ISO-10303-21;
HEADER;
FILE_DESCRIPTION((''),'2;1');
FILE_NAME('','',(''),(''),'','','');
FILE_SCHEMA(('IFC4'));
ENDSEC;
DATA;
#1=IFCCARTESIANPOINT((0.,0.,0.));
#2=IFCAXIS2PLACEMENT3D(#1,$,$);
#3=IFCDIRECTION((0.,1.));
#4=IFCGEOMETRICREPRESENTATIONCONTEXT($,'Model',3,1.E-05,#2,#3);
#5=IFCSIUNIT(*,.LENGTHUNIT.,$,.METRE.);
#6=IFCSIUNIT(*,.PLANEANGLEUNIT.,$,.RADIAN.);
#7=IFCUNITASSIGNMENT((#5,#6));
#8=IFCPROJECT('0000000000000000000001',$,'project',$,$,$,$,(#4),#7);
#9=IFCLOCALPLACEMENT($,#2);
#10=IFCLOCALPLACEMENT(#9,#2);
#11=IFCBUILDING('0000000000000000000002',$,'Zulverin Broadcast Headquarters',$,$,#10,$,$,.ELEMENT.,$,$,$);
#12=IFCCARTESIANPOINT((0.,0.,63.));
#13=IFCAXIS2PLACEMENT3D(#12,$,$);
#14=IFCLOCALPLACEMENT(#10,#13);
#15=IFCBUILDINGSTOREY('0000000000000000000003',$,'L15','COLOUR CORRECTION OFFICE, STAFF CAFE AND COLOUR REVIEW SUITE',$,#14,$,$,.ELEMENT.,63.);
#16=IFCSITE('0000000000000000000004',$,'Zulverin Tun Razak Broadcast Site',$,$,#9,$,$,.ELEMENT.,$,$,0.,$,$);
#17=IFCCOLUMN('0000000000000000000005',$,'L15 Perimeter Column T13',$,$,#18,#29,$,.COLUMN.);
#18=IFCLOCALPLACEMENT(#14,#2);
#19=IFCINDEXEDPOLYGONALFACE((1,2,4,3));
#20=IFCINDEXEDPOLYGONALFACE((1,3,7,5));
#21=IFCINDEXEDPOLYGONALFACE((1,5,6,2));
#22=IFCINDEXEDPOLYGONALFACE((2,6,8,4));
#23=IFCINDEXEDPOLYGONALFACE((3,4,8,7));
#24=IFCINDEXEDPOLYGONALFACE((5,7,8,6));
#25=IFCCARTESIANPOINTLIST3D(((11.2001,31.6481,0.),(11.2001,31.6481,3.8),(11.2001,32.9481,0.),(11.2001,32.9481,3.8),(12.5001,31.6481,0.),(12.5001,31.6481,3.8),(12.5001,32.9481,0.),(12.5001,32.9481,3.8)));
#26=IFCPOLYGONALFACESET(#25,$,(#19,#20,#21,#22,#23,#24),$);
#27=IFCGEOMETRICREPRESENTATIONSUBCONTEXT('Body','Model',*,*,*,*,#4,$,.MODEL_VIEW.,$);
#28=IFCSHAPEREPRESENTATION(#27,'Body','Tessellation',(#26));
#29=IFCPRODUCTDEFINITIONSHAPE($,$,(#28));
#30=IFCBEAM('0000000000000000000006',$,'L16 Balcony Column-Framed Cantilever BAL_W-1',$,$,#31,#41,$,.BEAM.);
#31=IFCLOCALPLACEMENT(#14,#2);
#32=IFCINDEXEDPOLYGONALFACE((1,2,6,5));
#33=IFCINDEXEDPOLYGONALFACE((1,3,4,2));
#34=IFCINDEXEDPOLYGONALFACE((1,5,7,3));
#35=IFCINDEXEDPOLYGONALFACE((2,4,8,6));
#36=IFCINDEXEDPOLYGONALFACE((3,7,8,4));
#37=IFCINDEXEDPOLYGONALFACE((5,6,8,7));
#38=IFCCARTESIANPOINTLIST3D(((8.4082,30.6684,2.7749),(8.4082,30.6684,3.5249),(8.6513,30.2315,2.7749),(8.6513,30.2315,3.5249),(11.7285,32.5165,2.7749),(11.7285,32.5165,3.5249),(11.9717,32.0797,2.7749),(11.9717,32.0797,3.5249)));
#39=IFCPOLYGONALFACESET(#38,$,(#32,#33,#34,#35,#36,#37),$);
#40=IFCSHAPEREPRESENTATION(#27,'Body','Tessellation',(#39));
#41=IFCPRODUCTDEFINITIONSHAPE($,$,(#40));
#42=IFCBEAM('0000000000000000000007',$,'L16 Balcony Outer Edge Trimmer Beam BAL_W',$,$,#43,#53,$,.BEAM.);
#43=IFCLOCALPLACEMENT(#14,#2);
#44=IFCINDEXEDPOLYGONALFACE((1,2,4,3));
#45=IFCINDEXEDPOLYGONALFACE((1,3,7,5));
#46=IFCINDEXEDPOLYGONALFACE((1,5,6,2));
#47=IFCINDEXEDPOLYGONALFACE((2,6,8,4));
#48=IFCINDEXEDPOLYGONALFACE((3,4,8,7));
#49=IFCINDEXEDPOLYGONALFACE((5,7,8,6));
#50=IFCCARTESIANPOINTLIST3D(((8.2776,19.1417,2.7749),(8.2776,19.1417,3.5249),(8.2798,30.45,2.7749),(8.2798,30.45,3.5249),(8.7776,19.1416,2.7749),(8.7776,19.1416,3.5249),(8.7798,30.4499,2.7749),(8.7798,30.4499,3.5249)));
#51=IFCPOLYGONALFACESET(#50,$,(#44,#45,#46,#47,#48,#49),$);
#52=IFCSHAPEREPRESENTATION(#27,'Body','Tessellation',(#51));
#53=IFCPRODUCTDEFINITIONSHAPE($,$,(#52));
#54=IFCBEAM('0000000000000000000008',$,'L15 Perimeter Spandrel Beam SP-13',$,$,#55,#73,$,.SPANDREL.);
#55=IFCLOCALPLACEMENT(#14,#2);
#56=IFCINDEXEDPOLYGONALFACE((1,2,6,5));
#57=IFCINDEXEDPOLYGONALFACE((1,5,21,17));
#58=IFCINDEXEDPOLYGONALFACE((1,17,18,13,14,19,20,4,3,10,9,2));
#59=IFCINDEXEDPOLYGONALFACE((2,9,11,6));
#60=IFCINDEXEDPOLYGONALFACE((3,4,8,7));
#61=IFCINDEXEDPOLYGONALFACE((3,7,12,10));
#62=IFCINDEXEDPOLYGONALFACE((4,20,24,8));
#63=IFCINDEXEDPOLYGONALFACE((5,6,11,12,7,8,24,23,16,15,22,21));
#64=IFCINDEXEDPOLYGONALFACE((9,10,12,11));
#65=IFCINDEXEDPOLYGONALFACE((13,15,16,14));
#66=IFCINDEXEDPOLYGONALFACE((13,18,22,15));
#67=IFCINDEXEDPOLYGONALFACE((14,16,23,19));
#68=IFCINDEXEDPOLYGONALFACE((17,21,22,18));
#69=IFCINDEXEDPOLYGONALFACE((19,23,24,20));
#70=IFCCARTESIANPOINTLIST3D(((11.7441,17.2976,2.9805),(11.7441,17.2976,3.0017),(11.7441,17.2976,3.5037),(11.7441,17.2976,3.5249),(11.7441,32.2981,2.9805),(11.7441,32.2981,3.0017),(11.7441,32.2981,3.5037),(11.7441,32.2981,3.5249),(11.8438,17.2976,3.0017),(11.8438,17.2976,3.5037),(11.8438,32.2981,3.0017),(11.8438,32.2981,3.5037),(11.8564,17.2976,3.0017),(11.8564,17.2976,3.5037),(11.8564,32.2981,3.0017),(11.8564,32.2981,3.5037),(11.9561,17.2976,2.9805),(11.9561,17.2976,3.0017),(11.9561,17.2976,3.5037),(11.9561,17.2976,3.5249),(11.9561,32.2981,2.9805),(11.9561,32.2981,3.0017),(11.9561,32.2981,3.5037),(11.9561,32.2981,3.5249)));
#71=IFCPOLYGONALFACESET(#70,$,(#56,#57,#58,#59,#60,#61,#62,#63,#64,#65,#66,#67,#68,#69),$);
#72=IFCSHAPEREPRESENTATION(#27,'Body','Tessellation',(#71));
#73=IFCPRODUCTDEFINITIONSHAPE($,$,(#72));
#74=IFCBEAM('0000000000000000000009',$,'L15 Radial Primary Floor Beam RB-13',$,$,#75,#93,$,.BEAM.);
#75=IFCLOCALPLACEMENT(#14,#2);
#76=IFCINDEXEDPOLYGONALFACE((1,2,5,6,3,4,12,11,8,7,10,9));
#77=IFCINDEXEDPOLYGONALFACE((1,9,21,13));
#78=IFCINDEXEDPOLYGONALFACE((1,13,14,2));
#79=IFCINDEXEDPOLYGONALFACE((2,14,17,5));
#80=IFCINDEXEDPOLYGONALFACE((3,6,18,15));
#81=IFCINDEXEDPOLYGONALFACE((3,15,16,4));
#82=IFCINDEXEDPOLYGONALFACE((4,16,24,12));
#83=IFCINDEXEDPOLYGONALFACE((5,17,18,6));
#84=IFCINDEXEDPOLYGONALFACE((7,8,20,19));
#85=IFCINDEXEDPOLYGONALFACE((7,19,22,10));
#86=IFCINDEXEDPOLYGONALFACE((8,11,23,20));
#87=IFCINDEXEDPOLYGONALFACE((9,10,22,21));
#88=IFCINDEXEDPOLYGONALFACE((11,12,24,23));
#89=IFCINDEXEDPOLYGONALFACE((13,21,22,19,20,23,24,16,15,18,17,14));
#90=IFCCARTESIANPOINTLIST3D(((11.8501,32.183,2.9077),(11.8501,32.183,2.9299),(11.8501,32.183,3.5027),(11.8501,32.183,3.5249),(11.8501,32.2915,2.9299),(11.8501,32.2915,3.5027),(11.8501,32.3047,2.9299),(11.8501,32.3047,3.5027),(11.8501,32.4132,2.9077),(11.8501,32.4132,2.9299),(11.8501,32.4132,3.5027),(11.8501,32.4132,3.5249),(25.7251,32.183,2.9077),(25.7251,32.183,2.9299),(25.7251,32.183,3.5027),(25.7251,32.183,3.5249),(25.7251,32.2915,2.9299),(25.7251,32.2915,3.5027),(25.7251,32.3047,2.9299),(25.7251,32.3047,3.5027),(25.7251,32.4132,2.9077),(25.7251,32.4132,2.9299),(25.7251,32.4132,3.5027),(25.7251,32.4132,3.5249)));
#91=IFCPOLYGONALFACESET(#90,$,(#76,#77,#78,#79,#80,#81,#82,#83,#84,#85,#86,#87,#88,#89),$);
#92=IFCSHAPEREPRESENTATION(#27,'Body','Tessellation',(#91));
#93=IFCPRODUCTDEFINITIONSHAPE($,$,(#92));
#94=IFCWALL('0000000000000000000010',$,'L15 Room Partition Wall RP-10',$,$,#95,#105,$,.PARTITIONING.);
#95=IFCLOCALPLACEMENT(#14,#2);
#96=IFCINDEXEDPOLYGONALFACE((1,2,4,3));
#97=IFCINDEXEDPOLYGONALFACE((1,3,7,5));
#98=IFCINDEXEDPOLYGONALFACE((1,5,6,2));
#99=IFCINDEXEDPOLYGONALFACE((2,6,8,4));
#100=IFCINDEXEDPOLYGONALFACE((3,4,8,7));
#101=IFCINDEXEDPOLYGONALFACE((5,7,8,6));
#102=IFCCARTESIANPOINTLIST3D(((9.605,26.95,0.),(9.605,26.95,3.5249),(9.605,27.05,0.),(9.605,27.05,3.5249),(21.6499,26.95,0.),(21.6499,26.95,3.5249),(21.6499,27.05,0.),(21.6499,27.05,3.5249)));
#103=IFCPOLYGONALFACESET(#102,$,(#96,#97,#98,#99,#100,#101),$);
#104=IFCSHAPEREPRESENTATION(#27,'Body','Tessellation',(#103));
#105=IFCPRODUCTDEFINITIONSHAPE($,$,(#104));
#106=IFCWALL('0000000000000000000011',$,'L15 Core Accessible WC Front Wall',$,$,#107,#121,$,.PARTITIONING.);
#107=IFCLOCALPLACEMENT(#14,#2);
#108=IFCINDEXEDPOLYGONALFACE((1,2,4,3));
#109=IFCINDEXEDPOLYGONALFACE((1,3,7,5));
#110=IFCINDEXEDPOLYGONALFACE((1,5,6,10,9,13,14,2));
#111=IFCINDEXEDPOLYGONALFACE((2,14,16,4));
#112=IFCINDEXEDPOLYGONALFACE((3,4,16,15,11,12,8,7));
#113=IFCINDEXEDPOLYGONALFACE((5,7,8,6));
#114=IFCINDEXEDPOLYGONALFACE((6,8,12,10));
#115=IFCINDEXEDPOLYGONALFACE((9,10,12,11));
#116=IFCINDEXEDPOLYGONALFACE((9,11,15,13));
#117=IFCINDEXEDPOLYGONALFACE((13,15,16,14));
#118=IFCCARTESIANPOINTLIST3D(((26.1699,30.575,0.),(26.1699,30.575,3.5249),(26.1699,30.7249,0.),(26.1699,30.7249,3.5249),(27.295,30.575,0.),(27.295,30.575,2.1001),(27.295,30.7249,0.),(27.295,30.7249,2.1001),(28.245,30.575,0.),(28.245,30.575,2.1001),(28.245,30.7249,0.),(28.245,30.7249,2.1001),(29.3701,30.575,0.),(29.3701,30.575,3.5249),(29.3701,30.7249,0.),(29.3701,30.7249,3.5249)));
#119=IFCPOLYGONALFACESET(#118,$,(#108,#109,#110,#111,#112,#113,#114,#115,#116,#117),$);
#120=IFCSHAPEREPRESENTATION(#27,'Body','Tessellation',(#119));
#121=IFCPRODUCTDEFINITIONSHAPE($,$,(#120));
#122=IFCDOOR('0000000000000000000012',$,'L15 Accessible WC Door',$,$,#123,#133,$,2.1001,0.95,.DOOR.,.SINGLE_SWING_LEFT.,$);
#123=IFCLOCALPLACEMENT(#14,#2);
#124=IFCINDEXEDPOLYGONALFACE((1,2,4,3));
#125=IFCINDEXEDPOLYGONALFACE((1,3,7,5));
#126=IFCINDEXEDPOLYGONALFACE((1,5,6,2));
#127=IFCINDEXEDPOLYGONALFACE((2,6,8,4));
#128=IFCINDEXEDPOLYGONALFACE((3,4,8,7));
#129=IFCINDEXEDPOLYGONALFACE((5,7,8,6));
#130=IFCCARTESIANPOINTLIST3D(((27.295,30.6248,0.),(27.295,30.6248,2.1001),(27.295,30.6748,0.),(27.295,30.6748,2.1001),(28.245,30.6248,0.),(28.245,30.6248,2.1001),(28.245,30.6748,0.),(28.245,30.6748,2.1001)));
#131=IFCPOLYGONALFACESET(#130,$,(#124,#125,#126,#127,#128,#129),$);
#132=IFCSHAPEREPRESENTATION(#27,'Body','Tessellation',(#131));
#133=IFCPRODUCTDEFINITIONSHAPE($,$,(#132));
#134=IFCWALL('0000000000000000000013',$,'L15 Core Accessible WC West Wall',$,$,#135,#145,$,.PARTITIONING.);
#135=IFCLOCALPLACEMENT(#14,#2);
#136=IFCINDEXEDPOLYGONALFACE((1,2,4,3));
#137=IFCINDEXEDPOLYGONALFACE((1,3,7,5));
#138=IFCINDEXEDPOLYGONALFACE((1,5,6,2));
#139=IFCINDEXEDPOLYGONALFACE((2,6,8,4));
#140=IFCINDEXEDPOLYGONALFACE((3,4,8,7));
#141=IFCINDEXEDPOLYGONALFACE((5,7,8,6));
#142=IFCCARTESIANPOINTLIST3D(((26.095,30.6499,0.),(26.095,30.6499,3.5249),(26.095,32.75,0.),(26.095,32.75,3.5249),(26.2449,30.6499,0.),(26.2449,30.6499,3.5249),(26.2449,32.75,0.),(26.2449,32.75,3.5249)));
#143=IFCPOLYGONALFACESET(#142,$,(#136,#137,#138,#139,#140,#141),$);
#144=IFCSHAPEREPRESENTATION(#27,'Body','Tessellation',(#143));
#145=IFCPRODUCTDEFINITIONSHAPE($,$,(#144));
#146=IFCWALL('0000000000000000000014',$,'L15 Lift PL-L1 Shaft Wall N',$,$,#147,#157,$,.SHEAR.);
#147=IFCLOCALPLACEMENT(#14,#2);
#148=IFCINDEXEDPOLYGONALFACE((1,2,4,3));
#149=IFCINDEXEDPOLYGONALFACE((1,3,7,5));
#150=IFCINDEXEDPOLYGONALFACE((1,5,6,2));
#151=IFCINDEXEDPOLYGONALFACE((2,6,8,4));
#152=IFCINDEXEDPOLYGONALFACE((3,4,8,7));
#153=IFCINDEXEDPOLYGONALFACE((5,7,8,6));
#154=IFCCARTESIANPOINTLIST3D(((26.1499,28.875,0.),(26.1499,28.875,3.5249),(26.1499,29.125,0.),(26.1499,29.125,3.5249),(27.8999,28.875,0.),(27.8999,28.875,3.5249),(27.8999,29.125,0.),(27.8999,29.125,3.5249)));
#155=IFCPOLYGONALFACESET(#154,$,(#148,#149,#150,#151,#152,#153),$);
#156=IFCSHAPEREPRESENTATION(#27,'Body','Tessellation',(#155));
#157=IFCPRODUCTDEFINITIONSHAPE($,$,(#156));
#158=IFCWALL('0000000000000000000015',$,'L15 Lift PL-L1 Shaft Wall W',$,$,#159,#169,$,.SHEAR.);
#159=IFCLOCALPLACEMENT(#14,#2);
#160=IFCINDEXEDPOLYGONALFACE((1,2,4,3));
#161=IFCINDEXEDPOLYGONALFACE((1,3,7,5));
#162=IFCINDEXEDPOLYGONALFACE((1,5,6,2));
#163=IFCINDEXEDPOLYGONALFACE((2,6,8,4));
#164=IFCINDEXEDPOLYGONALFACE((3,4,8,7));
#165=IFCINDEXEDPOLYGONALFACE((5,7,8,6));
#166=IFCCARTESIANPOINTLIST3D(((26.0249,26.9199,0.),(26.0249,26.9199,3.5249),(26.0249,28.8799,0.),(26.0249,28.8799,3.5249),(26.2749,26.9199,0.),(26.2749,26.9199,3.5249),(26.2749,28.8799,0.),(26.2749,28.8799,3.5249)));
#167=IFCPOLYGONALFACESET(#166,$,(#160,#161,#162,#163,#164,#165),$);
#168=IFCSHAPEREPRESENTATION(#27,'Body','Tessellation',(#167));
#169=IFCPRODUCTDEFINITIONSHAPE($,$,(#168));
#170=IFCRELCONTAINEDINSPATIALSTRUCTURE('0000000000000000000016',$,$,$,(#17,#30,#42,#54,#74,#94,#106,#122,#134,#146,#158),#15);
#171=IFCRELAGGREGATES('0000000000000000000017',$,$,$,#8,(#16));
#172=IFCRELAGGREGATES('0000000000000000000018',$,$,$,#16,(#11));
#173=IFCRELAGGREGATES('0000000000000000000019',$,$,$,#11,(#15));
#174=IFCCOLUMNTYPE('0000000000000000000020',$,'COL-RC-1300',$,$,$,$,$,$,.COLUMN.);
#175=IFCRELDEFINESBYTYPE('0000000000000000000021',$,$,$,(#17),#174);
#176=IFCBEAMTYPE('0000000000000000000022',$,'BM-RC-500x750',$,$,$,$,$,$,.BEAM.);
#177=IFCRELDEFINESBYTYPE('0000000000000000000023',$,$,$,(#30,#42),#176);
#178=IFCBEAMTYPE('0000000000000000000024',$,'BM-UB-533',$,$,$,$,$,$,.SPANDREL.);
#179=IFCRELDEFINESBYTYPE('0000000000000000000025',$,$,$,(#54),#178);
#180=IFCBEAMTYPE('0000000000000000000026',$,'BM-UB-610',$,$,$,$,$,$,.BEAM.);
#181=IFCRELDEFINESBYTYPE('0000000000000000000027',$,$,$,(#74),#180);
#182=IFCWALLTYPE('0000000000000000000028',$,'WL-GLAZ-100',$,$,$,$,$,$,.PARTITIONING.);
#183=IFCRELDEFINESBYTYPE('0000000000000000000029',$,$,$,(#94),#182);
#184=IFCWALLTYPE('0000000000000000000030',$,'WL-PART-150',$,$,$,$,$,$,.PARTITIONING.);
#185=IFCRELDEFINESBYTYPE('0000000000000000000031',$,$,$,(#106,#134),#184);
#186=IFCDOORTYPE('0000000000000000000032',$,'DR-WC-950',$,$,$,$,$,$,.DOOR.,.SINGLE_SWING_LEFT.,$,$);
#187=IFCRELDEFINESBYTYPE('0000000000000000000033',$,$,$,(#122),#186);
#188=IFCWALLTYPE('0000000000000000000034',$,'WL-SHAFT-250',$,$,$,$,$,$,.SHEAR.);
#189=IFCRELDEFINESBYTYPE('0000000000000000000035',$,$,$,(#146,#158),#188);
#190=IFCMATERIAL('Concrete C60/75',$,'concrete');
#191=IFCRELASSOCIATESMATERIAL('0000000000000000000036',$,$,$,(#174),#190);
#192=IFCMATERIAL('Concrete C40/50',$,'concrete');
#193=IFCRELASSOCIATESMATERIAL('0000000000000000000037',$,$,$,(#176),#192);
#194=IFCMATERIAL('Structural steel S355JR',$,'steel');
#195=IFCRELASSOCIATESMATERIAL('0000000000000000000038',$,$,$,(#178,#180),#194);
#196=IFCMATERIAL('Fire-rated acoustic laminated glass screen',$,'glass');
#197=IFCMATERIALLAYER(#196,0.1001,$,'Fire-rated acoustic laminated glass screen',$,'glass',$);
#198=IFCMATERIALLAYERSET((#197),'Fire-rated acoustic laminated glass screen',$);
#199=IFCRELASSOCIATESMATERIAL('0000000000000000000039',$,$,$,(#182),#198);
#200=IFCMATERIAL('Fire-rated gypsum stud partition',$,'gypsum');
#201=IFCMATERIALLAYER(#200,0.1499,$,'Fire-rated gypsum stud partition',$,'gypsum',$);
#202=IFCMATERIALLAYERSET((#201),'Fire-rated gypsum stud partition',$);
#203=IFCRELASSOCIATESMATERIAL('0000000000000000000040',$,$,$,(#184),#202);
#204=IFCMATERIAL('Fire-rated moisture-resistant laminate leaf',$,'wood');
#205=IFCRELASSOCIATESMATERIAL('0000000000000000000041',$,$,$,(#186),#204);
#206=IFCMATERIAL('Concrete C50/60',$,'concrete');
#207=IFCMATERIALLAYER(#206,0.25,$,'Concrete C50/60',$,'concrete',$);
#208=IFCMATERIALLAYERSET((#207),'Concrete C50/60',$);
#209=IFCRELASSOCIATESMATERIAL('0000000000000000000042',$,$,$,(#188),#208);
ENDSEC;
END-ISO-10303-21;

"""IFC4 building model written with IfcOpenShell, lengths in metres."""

from ifc_helpers import new_model, si_unit, direction, frame, frame_2d, origin, origin_2d, place, context, subcontext, project, spatial, rectangle, i_section, extrude, material, layer, layer_set, material_profile, profile_set, type_object, element, fill, save


model = new_model("IFC4")

# Units and contexts
model_context = context("Model", 3, precision=1e-05, world=origin(), true_north=direction((0.0, 1.0)))
body_context = subcontext(model_context, "Body", "Model", "MODEL_VIEW")
ifc_project = project(units=[si_unit("LENGTHUNIT", "METRE"), si_unit("PLANEANGLEUNIT", "RADIAN")], contexts=[model_context])

# Site, building, storey
site_placement = place(None, origin())
site = spatial("IfcSite", under=ifc_project, at=site_placement, Name="Zulverin Tun Razak Broadcast Site", CompositionType="ELEMENT", RefElevation=0.0)
building_placement = place(site_placement, origin())
building = spatial("IfcBuilding", under=site, at=building_placement, Name="Zulverin Broadcast Headquarters", CompositionType="ELEMENT")
storey_placement = place(building_placement, frame((0.0, 0.0, 63.0)))
storey = spatial("IfcBuildingStorey", under=building, at=storey_placement, Name="L15", Description="COLOUR CORRECTION OFFICE, STAFF CAFE AND COLOUR REVIEW SUITE", CompositionType="ELEMENT", Elevation=63.0)

# Column
ifc_material_1 = material(Name="Concrete C60/75", Category="concrete")
ifc_material_profile_1 = material_profile(ifc_material_1, rectangle(XDim=1.3, YDim=1.3, at=origin_2d()), Name="Concrete C60/75", Category="concrete")
ifc_profile_set_1 = profile_set([ifc_material_profile_1], Name="Concrete C60/75")
column_type = type_object("IfcColumnType", Name="COL-RC-1300", PredefinedType="COLUMN", material=ifc_profile_set_1)
column_placement = place(storey_placement, frame((11.8501, 32.2981, 0.0), z_axis=(0.0, 0.0, 1.0), x_axis=(1.0, 0.0, 0.0)))
element("IfcColumn", 1, at=column_placement, inside=storey, type_object=column_type, Name="L15 Perimeter Column T13", PredefinedType="COLUMN", context=body_context, shape_type="SweptSolid", body=[
    extrude(rectangle(XDim=1.3, YDim=1.3, at=origin_2d()), origin(), (0.0, 0.0, 1.0), 3.8),
])

# Beams
ifc_material_2 = material(Name="Concrete C40/50", Category="concrete")
ifc_material_profile_2 = material_profile(ifc_material_2, rectangle(XDim=0.5, YDim=0.75, at=origin_2d()), Name="Concrete C40/50", Category="concrete")
ifc_profile_set_2 = profile_set([ifc_material_profile_2], Name="Concrete C40/50")
beam_type_1 = type_object("IfcBeamType", Name="BM-RC-500x750", PredefinedType="BEAM", material=ifc_profile_set_2)
beam_1_placement = place(storey_placement, frame((11.8501, 32.2981, 3.1499), z_axis=(-0.873763, -0.486352, 0.0), x_axis=(0.486352, -0.873763, 0.0)))
element("IfcBeam", 2, at=beam_1_placement, inside=storey, type_object=beam_type_1, Name="L16 Balcony Column-Framed Cantilever BAL_W-1", PredefinedType="BEAM", context=body_context, shape_type="SweptSolid", body=[
    extrude(rectangle(XDim=0.5, YDim=0.75, at=origin_2d()), origin(), (0.0, 0.0, 1.0), 3.8),
])
beam_2_placement = place(storey_placement, frame((8.5298, 30.45, 3.1499), z_axis=(-0.000194, -1.0, 0.0), x_axis=(1.0, -0.000194, 0.0)))
element("IfcBeam", 3, at=beam_2_placement, inside=storey, type_object=beam_type_1, Name="L16 Balcony Outer Edge Trimmer Beam BAL_W", PredefinedType="BEAM", context=body_context, shape_type="SweptSolid", body=[
    extrude(rectangle(XDim=0.5, YDim=0.75, at=origin_2d()), origin(), (0.0, 0.0, 1.0), 11.3083),
])
ifc_material_3 = material(Name="Structural steel S355JR", Category="steel")
ifc_material_profile_3 = material_profile(ifc_material_3, i_section(OverallWidth=0.2119, OverallDepth=0.5444, WebThickness=0.0127, FlangeThickness=0.0212, at=origin_2d()), Name="Structural steel S355JR", Category="steel")
ifc_profile_set_3 = profile_set([ifc_material_profile_3], Name="Structural steel S355JR")
beam_type_2 = type_object("IfcBeamType", Name="BM-UB-533", PredefinedType="SPANDREL", material=ifc_profile_set_3)
beam_3_placement = place(storey_placement, frame((11.8501, 32.2981, 3.2527), z_axis=(0.0, -1.0, 0.0), x_axis=(1.0, 0.0, 0.0)))
element("IfcBeam", 4, at=beam_3_placement, inside=storey, type_object=beam_type_2, Name="L15 Perimeter Spandrel Beam SP-13", PredefinedType="SPANDREL", context=body_context, shape_type="SweptSolid", body=[
    extrude(i_section(OverallWidth=0.2119, OverallDepth=0.5444, WebThickness=0.0127, FlangeThickness=0.0212, at=origin_2d()), origin(), (0.0, 0.0, 1.0), 15.0005),
])
ifc_material_profile_4 = material_profile(ifc_material_3, i_section(OverallWidth=0.2302, OverallDepth=0.6172, WebThickness=0.0132, FlangeThickness=0.0222, at=origin_2d()), Name="Structural steel S355JR", Category="steel")
ifc_profile_set_4 = profile_set([ifc_material_profile_4], Name="Structural steel S355JR")
beam_type_3 = type_object("IfcBeamType", Name="BM-UB-610", PredefinedType="BEAM", material=ifc_profile_set_4)
beam_4_placement = place(storey_placement, frame((25.7251, 32.2981, 3.2163), z_axis=(-1.0, 0.0, 0.0), x_axis=(0.0, -1.0, 0.0)))
element("IfcBeam", 5, at=beam_4_placement, inside=storey, type_object=beam_type_3, Name="L15 Radial Primary Floor Beam RB-13", PredefinedType="BEAM", context=body_context, shape_type="SweptSolid", body=[
    extrude(i_section(OverallWidth=0.2302, OverallDepth=0.6172, WebThickness=0.0132, FlangeThickness=0.0222, at=origin_2d()), origin(), (0.0, 0.0, 1.0), 13.875),
])

# Wall
ifc_material_4 = material(Name="Fire-rated acoustic laminated glass screen", Category="glass")
ifc_layer_1 = layer(ifc_material_4, 0.1001, Name="Fire-rated acoustic laminated glass screen", Category="glass")
ifc_layer_set_1 = layer_set([ifc_layer_1], Name="Fire-rated acoustic laminated glass screen")
wall_type_1 = type_object("IfcWallType", Name="WL-GLAZ-100", PredefinedType="PARTITIONING", material=ifc_layer_set_1)
wall_1_placement = place(storey_placement, frame((9.605, 27.0, 0.0), z_axis=(0.0, 0.0, 1.0), x_axis=(1.0, 0.0, 0.0)))
element("IfcWall", 6, at=wall_1_placement, inside=storey, type_object=wall_type_1, Name="L15 Room Partition Wall RP-10", PredefinedType="PARTITIONING", context=body_context, shape_type="SweptSolid", body=[
    extrude(rectangle(XDim=12.0449, YDim=0.1001, at=frame_2d((6.0225, 0.0))), origin(), (0.0, 0.0, 1.0), 3.5249),
])

# Wall, opening, door
ifc_material_5 = material(Name="Fire-rated gypsum stud partition", Category="gypsum")
ifc_layer_2 = layer(ifc_material_5, 0.1499, Name="Fire-rated gypsum stud partition", Category="gypsum")
ifc_layer_set_2 = layer_set([ifc_layer_2], Name="Fire-rated gypsum stud partition")
wall_type_2 = type_object("IfcWallType", Name="WL-PART-150", PredefinedType="PARTITIONING", material=ifc_layer_set_2)
wall_2_placement = place(storey_placement, frame((26.1699, 30.6499, 0.0), z_axis=(0.0, 0.0, 1.0), x_axis=(1.0, 0.0, 0.0)))
wall_2 = element("IfcWall", 7, at=wall_2_placement, inside=storey, type_object=wall_type_2, Name="L15 Core Accessible WC Front Wall", PredefinedType="PARTITIONING", context=body_context, shape_type="SweptSolid", body=[
    extrude(rectangle(XDim=3.2002, YDim=0.1499, at=frame_2d((1.6001, 0.0))), origin(), (0.0, 0.0, 1.0), 3.5249),
])
opening_1_placement = place(wall_2_placement, frame((1.125, 0.0, 0.0)))
opening_1 = element("IfcOpeningElement", 8, at=opening_1_placement, cuts=wall_2, PredefinedType="OPENING", context=body_context, shape_type="SweptSolid", body=[
    extrude(rectangle(XDim=0.95, YDim=2.1001, at=frame_2d((0.4751, 1.05))), frame((0.0, 0.085, 0.0), z_axis=(0.0, -1.0, 0.0), x_axis=(1.0, 0.0, 0.0)), (0.0, 0.0, 1.0), 0.1699),
])
ifc_material_6 = material(Name="Fire-rated moisture-resistant laminate leaf", Category="wood")
door_type_1 = type_object("IfcDoorType", Name="DR-WC-950", OperationType="SINGLE_SWING_LEFT", PredefinedType="DOOR", material=ifc_material_6)
door_1_placement = place(opening_1_placement, origin())
door_1 = element("IfcDoor", 9, at=door_1_placement, inside=storey, type_object=door_type_1, Name="L15 Accessible WC Door", OperationType="SINGLE_SWING_LEFT", OverallHeight=2.1001, OverallWidth=0.95, PredefinedType="DOOR", context=body_context, shape_type="SweptSolid", body=[
    extrude(rectangle(XDim=0.95, YDim=2.1001, at=frame_2d((0.4751, 1.05))), frame((0.0, 0.0249, 0.0), z_axis=(0.0, -1.0, 0.0), x_axis=(1.0, 0.0, 0.0)), (0.0, 0.0, 1.0), 0.05),
])
fill(opening_1, door_1)

# Wall
wall_3_placement = place(storey_placement, frame((26.1699, 30.6499, 0.0), z_axis=(0.0, 0.0, 1.0), x_axis=(0.0, 1.0, 0.0)))
element("IfcWall", 10, at=wall_3_placement, inside=storey, type_object=wall_type_2, Name="L15 Core Accessible WC West Wall", PredefinedType="PARTITIONING", context=body_context, shape_type="SweptSolid", body=[
    extrude(rectangle(XDim=2.1001, YDim=0.1499, at=frame_2d((1.05, 0.0))), origin(), (0.0, 0.0, 1.0), 3.5249),
])

# Shared definitions
ifc_material_7 = material(Name="Concrete C50/60", Category="concrete")
ifc_layer_3 = layer(ifc_material_7, 0.25, Name="Concrete C50/60", Category="concrete")
ifc_layer_set_3 = layer_set([ifc_layer_3], Name="Concrete C50/60")
wall_type_3 = type_object("IfcWallType", Name="WL-SHAFT-250", PredefinedType="SHEAR", material=ifc_layer_set_3)

# Walls
wall_4_placement = place(storey_placement, frame((26.1499, 29.0, 0.0), z_axis=(0.0, 0.0, 1.0), x_axis=(1.0, 0.0, 0.0)))
element("IfcWall", 11, at=wall_4_placement, inside=storey, type_object=wall_type_3, Name="L15 Lift PL-L1 Shaft Wall N", PredefinedType="SHEAR", context=body_context, shape_type="SweptSolid", body=[
    extrude(rectangle(XDim=1.75, YDim=0.25, at=frame_2d((0.875, 0.0))), origin(), (0.0, 0.0, 1.0), 3.5249),
])
wall_5_placement = place(storey_placement, frame((26.1499, 26.9199, 0.0), z_axis=(0.0, 0.0, 1.0), x_axis=(0.0, 1.0, 0.0)))
element("IfcWall", 12, at=wall_5_placement, inside=storey, type_object=wall_type_3, Name="L15 Lift PL-L1 Shaft Wall W", PredefinedType="SHEAR", context=body_context, shape_type="SweptSolid", body=[
    extrude(rectangle(XDim=1.96, YDim=0.25, at=frame_2d((0.98, 0.0))), origin(), (0.0, 0.0, 1.0), 3.5249),
])

save(model, "model.ifc")
